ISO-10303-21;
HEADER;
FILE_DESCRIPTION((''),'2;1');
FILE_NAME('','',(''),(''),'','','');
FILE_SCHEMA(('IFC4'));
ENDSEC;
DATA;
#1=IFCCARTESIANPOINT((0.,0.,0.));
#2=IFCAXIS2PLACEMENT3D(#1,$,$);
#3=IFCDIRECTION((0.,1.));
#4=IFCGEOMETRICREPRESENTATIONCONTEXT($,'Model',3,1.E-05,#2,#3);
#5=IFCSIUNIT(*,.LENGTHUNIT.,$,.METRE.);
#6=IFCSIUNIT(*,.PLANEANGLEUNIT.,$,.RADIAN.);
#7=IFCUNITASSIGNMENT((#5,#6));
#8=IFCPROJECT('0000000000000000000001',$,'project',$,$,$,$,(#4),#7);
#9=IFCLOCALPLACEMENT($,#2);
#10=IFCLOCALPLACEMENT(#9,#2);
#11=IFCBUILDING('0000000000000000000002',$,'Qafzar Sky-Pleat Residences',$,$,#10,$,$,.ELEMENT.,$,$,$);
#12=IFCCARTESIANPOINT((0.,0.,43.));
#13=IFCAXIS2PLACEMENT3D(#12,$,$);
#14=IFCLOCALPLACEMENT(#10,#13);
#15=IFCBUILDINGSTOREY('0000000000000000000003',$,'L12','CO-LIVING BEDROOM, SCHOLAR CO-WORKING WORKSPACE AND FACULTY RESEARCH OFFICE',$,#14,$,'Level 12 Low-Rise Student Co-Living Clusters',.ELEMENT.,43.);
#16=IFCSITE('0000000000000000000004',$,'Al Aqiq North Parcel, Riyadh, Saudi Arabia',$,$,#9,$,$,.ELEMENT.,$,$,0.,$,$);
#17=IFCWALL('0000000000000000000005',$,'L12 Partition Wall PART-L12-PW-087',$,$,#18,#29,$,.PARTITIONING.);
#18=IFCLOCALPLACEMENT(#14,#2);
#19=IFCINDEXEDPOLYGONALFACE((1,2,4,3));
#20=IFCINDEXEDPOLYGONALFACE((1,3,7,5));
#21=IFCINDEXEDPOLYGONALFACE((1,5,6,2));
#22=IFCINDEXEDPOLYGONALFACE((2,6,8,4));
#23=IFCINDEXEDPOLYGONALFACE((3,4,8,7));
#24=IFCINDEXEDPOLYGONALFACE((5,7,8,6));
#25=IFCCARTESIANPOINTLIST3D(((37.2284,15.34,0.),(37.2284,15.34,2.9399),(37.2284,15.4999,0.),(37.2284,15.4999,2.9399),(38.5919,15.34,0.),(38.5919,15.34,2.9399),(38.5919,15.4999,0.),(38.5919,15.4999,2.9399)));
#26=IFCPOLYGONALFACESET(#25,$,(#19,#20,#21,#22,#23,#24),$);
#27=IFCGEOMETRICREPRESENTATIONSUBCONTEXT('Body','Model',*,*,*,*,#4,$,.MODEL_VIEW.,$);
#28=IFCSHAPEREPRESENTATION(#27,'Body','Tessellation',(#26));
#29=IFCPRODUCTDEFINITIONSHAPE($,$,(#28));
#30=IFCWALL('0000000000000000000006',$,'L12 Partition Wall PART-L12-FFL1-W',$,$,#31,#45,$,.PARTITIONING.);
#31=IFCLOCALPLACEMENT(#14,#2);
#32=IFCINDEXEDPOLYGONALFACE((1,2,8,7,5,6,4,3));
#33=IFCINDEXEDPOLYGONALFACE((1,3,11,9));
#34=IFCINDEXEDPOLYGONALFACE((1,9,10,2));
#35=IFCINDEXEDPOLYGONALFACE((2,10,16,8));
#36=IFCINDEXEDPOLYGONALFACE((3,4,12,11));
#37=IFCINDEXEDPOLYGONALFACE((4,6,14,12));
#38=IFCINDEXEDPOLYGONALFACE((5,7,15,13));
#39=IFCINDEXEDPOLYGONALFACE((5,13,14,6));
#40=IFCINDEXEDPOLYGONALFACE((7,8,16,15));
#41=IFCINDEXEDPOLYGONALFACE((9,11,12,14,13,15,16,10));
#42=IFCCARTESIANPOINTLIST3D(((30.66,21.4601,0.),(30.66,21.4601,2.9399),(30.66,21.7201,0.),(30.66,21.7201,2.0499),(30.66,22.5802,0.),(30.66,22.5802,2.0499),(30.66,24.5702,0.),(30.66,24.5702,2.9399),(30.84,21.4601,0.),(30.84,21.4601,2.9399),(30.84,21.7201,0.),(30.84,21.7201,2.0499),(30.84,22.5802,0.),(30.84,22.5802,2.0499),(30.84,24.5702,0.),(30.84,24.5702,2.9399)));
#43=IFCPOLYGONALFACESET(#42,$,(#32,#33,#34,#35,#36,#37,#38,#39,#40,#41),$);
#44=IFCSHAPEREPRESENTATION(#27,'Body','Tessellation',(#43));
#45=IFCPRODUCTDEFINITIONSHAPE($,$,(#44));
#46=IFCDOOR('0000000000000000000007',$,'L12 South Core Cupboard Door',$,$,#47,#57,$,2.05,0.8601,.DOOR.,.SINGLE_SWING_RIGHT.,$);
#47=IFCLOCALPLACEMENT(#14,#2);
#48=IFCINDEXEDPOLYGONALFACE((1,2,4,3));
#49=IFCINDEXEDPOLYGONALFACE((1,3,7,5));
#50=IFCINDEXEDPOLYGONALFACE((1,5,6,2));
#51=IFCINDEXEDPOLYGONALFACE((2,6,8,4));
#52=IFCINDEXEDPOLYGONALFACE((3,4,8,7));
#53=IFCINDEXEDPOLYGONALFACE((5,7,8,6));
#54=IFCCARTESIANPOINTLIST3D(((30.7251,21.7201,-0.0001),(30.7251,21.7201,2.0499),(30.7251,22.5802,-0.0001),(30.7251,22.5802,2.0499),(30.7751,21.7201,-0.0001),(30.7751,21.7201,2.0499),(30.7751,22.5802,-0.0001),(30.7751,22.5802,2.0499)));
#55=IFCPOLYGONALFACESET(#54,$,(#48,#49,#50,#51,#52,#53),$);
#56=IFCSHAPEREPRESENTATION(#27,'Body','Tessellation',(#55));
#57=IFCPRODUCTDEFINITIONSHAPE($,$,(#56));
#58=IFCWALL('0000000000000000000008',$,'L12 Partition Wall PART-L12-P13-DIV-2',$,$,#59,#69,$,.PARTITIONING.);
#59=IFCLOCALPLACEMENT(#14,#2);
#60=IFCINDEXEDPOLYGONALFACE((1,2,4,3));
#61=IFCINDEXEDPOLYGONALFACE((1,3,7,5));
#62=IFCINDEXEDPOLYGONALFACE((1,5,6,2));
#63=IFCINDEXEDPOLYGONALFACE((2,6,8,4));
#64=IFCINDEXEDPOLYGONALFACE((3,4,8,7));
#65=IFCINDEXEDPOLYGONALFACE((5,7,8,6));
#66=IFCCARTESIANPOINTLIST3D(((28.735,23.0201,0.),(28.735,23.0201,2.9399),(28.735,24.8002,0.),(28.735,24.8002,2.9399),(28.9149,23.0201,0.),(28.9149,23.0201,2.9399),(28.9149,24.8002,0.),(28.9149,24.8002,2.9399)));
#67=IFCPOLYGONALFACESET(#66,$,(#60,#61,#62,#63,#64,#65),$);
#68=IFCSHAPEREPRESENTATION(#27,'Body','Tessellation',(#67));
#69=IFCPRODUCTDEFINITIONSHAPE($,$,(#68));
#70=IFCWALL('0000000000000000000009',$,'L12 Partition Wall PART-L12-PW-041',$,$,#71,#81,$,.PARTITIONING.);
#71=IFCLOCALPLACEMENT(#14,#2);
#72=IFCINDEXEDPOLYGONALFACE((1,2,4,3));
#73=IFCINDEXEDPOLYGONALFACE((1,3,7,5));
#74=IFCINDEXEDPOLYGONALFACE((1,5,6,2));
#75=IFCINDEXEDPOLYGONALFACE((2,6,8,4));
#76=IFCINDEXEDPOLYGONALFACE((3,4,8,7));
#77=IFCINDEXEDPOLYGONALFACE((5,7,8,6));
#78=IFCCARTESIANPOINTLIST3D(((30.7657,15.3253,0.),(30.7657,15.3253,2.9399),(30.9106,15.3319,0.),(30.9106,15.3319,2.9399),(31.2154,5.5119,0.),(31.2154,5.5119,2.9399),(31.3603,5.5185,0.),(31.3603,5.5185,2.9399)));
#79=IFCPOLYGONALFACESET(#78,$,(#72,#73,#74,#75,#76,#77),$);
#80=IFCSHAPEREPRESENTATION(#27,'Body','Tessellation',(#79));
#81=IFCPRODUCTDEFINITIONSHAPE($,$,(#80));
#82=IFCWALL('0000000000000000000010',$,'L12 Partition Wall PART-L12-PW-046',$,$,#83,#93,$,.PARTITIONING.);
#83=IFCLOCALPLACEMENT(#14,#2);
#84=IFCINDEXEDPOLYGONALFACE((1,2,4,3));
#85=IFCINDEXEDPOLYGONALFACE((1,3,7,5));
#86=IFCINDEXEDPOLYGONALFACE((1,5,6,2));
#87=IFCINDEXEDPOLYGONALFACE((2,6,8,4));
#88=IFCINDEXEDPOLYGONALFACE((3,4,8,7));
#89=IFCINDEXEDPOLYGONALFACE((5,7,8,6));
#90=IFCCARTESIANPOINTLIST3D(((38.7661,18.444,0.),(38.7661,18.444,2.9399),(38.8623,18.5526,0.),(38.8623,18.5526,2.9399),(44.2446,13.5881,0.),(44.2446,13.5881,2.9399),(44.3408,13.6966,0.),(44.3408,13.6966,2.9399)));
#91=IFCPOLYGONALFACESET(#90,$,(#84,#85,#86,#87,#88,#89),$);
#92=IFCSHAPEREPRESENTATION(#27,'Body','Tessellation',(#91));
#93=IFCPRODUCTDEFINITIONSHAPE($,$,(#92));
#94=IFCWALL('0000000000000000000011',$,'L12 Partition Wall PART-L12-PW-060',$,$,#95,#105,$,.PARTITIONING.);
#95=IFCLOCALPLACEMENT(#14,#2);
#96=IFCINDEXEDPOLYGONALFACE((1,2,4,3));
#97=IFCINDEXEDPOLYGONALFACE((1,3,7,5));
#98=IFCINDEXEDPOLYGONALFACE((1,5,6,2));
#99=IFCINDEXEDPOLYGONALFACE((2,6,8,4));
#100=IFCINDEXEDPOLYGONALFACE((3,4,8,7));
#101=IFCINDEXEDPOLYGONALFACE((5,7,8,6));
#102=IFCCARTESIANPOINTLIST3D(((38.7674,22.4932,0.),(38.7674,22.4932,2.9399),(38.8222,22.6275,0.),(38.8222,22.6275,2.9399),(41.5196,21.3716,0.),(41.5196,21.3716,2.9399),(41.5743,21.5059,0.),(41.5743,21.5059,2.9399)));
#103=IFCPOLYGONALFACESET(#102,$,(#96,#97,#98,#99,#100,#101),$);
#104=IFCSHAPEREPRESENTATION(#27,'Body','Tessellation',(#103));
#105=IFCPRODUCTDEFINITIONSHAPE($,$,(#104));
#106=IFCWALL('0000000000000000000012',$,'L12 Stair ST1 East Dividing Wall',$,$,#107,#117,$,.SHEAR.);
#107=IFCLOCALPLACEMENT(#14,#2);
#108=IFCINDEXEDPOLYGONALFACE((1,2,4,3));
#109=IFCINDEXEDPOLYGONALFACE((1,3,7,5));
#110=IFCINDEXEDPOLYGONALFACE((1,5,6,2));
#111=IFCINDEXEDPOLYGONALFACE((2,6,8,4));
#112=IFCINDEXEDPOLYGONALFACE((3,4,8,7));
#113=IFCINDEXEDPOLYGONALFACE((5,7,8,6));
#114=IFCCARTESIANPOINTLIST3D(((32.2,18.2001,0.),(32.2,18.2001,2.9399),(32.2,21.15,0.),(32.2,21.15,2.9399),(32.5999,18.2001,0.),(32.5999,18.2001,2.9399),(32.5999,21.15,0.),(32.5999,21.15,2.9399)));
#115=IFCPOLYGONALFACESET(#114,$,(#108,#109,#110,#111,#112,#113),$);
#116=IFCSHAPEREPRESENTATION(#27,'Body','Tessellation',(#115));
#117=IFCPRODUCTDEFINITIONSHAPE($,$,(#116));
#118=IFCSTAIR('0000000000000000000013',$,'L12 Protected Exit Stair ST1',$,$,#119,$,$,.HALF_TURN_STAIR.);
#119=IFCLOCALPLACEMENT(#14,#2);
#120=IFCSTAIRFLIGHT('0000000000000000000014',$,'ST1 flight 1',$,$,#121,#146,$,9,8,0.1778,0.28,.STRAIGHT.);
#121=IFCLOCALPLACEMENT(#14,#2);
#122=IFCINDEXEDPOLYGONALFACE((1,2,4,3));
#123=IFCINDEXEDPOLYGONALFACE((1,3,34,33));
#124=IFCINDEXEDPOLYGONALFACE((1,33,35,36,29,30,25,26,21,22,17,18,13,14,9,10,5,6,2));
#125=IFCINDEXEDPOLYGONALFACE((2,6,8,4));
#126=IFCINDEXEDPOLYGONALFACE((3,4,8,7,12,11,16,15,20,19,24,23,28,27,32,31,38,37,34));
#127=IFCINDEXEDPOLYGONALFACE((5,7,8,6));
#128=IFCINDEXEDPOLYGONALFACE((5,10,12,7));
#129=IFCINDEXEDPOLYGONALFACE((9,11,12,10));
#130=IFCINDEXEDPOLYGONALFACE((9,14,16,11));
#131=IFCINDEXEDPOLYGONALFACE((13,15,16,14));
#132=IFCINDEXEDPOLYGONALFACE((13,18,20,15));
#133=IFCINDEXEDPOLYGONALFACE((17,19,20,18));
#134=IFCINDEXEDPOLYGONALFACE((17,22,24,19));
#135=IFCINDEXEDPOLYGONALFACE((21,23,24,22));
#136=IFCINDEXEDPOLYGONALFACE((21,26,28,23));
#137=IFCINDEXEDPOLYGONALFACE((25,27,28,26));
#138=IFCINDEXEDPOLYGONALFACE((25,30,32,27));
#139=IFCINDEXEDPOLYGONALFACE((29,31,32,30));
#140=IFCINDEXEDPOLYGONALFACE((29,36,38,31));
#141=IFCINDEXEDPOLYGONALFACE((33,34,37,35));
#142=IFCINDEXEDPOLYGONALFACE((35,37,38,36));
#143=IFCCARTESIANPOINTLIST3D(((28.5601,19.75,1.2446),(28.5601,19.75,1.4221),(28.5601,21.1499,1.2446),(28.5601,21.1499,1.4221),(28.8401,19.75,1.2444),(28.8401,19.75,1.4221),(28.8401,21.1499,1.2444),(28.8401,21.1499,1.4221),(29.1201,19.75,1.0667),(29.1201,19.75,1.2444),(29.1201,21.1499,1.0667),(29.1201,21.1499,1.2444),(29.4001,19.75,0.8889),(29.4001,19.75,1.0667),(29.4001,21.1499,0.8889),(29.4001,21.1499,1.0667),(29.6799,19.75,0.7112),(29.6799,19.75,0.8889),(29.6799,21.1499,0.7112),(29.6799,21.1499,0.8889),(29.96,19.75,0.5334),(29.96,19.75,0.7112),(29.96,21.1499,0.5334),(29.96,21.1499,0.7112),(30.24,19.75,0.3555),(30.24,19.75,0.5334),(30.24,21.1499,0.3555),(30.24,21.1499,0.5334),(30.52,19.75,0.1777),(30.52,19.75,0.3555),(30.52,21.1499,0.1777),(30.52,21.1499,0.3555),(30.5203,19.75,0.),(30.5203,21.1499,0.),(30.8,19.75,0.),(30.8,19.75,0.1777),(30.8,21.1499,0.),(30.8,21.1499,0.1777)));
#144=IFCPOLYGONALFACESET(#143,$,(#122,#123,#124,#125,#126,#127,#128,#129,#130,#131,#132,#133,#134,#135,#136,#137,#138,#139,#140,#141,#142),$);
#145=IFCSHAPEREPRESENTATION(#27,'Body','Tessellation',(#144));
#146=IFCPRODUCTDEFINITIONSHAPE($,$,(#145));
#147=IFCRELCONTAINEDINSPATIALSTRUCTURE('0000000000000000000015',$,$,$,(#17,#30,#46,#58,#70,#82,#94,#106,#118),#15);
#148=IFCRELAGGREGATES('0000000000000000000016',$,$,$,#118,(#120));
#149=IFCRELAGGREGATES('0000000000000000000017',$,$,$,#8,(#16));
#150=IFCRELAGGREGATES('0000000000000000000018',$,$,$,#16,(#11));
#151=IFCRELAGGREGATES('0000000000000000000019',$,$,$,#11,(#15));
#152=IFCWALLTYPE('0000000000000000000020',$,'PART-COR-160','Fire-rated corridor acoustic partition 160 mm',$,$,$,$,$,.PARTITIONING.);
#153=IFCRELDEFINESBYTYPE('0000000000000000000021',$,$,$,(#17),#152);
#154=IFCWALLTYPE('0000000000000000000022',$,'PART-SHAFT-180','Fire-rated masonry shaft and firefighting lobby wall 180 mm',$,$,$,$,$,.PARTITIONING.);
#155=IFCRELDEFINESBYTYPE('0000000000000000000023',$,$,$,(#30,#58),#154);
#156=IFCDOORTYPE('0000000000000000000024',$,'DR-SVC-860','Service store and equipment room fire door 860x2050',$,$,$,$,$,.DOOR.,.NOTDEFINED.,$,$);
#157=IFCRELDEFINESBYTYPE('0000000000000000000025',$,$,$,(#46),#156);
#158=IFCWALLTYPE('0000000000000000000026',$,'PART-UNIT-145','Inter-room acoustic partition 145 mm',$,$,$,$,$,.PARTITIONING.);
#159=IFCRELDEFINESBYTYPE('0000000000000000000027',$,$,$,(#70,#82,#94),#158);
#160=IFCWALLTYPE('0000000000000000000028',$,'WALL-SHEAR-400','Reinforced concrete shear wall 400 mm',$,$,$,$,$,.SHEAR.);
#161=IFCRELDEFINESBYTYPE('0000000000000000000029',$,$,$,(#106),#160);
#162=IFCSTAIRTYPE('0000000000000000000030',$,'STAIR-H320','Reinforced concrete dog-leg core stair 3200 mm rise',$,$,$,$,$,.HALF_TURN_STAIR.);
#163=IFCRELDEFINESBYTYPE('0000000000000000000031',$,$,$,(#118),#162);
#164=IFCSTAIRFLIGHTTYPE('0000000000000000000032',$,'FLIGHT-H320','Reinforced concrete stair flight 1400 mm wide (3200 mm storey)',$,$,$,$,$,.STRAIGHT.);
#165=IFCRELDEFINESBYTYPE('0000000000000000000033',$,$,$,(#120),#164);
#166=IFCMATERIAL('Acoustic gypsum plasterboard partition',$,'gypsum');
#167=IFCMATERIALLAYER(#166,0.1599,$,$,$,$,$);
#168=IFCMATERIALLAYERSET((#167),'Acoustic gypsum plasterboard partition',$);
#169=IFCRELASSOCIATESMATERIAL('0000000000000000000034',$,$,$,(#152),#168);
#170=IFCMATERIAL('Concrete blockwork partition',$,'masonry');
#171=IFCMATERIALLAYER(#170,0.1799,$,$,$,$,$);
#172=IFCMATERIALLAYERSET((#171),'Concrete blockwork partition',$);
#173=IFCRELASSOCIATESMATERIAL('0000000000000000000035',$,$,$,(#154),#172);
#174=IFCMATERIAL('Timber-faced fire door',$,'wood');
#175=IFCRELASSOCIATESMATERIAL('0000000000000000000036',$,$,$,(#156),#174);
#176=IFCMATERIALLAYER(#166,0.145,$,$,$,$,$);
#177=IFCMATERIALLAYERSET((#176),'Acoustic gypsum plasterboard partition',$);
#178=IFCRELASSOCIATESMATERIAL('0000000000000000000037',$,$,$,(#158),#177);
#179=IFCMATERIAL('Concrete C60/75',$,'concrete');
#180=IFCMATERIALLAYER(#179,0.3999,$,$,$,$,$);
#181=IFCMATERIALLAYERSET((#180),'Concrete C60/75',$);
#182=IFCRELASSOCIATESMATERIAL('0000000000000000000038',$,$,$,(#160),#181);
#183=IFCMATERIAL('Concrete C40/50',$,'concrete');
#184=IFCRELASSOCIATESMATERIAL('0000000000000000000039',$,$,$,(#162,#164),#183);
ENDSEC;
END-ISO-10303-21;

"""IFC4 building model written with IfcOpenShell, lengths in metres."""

from ifc_helpers import new_model, si_unit, direction, frame, frame_2d, origin, place, context, subcontext, project, spatial, polyline, rectangle, outline, extrude, source, transform, mapped, material, layer, layer_set, type_object, element, fill, aggregate, save


model = new_model("IFC4")

# Units and contexts
model_context = context("Model", 3, precision=1e-05, world=origin(), true_north=direction((0.0, 1.0)))
body_context = subcontext(model_context, "Body", "Model", "MODEL_VIEW")
ifc_project = project(units=[si_unit("LENGTHUNIT", "METRE"), si_unit("PLANEANGLEUNIT", "RADIAN")], contexts=[model_context])

# Site, building, storey
site_placement = place(None, origin())
site = spatial("IfcSite", under=ifc_project, at=site_placement, Name="Al Aqiq North Parcel, Riyadh, Saudi Arabia", CompositionType="ELEMENT", RefElevation=0.0)
building_placement = place(site_placement, origin())
building = spatial("IfcBuilding", under=site, at=building_placement, Name="Qafzar Sky-Pleat Residences", CompositionType="ELEMENT")
storey_placement = place(building_placement, frame((0.0, 0.0, 43.0)))
storey = spatial("IfcBuildingStorey", under=building, at=storey_placement, Name="L12", Description="CO-LIVING BEDROOM, SCHOLAR CO-WORKING WORKSPACE AND FACULTY RESEARCH OFFICE", LongName="Level 12 Low-Rise Student Co-Living Clusters", CompositionType="ELEMENT", Elevation=43.0)

# Shared definitions
ifc_material_1 = material(Name="Acoustic gypsum plasterboard partition", Category="gypsum")
ifc_layer_1 = layer(ifc_material_1, 0.1599)
ifc_layer_set_1 = layer_set([ifc_layer_1], Name="Acoustic gypsum plasterboard partition")
wall_type_1 = type_object("IfcWallType", Name="PART-COR-160", Description="Fire-rated corridor acoustic partition 160 mm", PredefinedType="PARTITIONING", material=ifc_layer_set_1)
ifc_material_2 = material(Name="Timber-faced fire door", Category="wood")

# Wall
wall_1_placement = place(storey_placement, frame((37.2285, 15.4199, 0.0), z_axis=(0.0, 0.0, 1.0), x_axis=(1.0, 0.0, 0.0)))
element("IfcWall", 1, at=wall_1_placement, inside=storey, type_object=wall_type_1, Name="L12 Partition Wall PART-L12-PW-087", PredefinedType="PARTITIONING", context=body_context, shape_type="SweptSolid", body=[
    extrude(rectangle(XDim=1.3635, YDim=0.1599, at=frame_2d((0.6816, 0.0))), origin(), (0.0, 0.0, 1.0), 2.9399),
])

# Wall, opening, door
ifc_material_3 = material(Name="Concrete blockwork partition", Category="masonry")
ifc_layer_2 = layer(ifc_material_3, 0.1799)
ifc_layer_set_2 = layer_set([ifc_layer_2], Name="Concrete blockwork partition")
wall_type_2 = type_object("IfcWallType", Name="PART-SHAFT-180", Description="Fire-rated masonry shaft and firefighting lobby wall 180 mm", PredefinedType="PARTITIONING", material=ifc_layer_set_2)
wall_2_placement = place(storey_placement, frame((30.75, 21.46, 0.0), z_axis=(0.0, 0.0, 1.0), x_axis=(0.0, 1.0, 0.0)))
wall_2 = element("IfcWall", 2, at=wall_2_placement, inside=storey, type_object=wall_type_2, Name="L12 Partition Wall PART-L12-FFL1-W", PredefinedType="PARTITIONING", context=body_context, shape_type="SweptSolid", body=[
    extrude(rectangle(XDim=3.1101, YDim=0.1799, at=frame_2d((1.5552, 0.0))), origin(), (0.0, 0.0, 1.0), 2.9399),
])
opening_1_placement = place(wall_2_placement, frame((0.26, 0.0, 0.0)))
opening_1 = element("IfcOpeningElement", 3, at=opening_1_placement, cuts=wall_2, PredefinedType="OPENING", context=body_context, shape_type="SweptSolid", body=[
    extrude(rectangle(XDim=0.8601, YDim=2.05, at=frame_2d((0.4302, 1.0249))), frame((0.0, 0.1001, 0.0), z_axis=(0.0, -1.0, 0.0), x_axis=(1.0, 0.0, 0.0)), (0.0, 0.0, 1.0), 0.2),
])
door_type_1 = type_object("IfcDoorType", Name="DR-SVC-860", Description="Service store and equipment room fire door 860x2050", OperationType="NOTDEFINED", PredefinedType="DOOR", material=ifc_material_2)
shared_shape_1 = source(origin(), body_context, "Body", "SweptSolid", [
    extrude(rectangle(XDim=0.8601, YDim=2.05, at=frame_2d((0.4302, 1.0249))), frame((0.0, 0.0249, 0.0), z_axis=(0.0, -1.0, 0.0), x_axis=(1.0, 0.0, 0.0)), (0.0, 0.0, 1.0), 0.05),
])
door_1_placement = place(opening_1_placement, origin())
door_1 = element("IfcDoor", 4, at=door_1_placement, inside=storey, type_object=door_type_1, Name="L12 South Core Cupboard Door", OperationType="SINGLE_SWING_RIGHT", OverallHeight=2.05, OverallWidth=0.8601, PredefinedType="DOOR", context=body_context, shape_type="MappedRepresentation", body=[
    mapped(shared_shape_1, transform((0.0, 0.0, 0.0), x_axis=(1.0, 0.0, 0.0), y_axis=(0.0, 1.0, 0.0), z_axis=(0.0, 0.0, 1.0), scale=1.0)),
])
fill(opening_1, door_1)

# Walls
wall_3_placement = place(storey_placement, frame((28.825, 23.02, 0.0), z_axis=(0.0, 0.0, 1.0), x_axis=(0.0, 1.0, 0.0)))
element("IfcWall", 5, at=wall_3_placement, inside=storey, type_object=wall_type_2, Name="L12 Partition Wall PART-L12-P13-DIV-2", PredefinedType="PARTITIONING", context=body_context, shape_type="SweptSolid", body=[
    extrude(rectangle(XDim=1.78, YDim=0.1799, at=frame_2d((0.8901, 0.0))), origin(), (0.0, 0.0, 1.0), 2.9399),
])
ifc_layer_3 = layer(ifc_material_1, 0.145)
ifc_layer_set_3 = layer_set([ifc_layer_3], Name="Acoustic gypsum plasterboard partition")
wall_type_3 = type_object("IfcWallType", Name="PART-UNIT-145", Description="Inter-room acoustic partition 145 mm", PredefinedType="PARTITIONING", material=ifc_layer_set_3)
wall_4_placement = place(storey_placement, frame((30.8381, 15.3286, 0.0), z_axis=(0.0, 0.0, 1.0), x_axis=(0.045777, -0.998952, 0.0)))
element("IfcWall", 6, at=wall_4_placement, inside=storey, type_object=wall_type_3, Name="L12 Partition Wall PART-L12-PW-041", PredefinedType="PARTITIONING", context=body_context, shape_type="SweptSolid", body=[
    extrude(rectangle(XDim=9.8237, YDim=0.145, at=frame_2d((4.9119, 0.0))), origin(), (0.0, 0.0, 1.0), 2.9399),
])
wall_5_placement = place(storey_placement, frame((38.8142, 18.4983, 0.0), z_axis=(0.0, 0.0, 1.0), x_axis=(0.748347, -0.663308, 0.0)))
element("IfcWall", 7, at=wall_5_placement, inside=storey, type_object=wall_type_3, Name="L12 Partition Wall PART-L12-PW-046", PredefinedType="PARTITIONING", context=body_context, shape_type="SweptSolid", body=[
    extrude(rectangle(XDim=7.3208, YDim=0.145, at=frame_2d((3.6604, 0.0))), origin(), (0.0, 0.0, 1.0), 2.9399),
])
wall_6_placement = place(storey_placement, frame((38.7949, 22.5603, 0.0), z_axis=(0.0, 0.0, 1.0), x_axis=(0.926055, -0.377388, 0.0)))
element("IfcWall", 8, at=wall_6_placement, inside=storey, type_object=wall_type_3, Name="L12 Partition Wall PART-L12-PW-060", PredefinedType="PARTITIONING", context=body_context, shape_type="SweptSolid", body=[
    extrude(rectangle(XDim=2.9719, YDim=0.145, at=frame_2d((1.4858, 0.0))), origin(), (0.0, 0.0, 1.0), 2.9399),
])
ifc_material_4 = material(Name="Concrete C60/75", Category="concrete")
ifc_layer_4 = layer(ifc_material_4, 0.3999)
ifc_layer_set_4 = layer_set([ifc_layer_4], Name="Concrete C60/75")
wall_type_4 = type_object("IfcWallType", Name="WALL-SHEAR-400", Description="Reinforced concrete shear wall 400 mm", PredefinedType="SHEAR", material=ifc_layer_set_4)
wall_7_placement = place(storey_placement, frame((32.3999, 18.2, 0.0), z_axis=(0.0, 0.0, 1.0), x_axis=(0.0, 1.0, 0.0)))
element("IfcWall", 9, at=wall_7_placement, inside=storey, type_object=wall_type_4, Name="L12 Stair ST1 East Dividing Wall", PredefinedType="SHEAR", context=body_context, shape_type="SweptSolid", body=[
    extrude(rectangle(XDim=2.95, YDim=0.3999, at=frame_2d((1.4751, 0.0))), origin(), (0.0, 0.0, 1.0), 2.9399),
])

# Stair, stair flight
ifc_material_5 = material(Name="Concrete C40/50", Category="concrete")
stair_type = type_object("IfcStairType", Name="STAIR-H320", Description="Reinforced concrete dog-leg core stair 3200 mm rise", PredefinedType="HALF_TURN_STAIR", material=ifc_material_5)
stair_placement = place(storey_placement, origin())
stair = element("IfcStair", 10, at=stair_placement, inside=storey, type_object=stair_type, Name="L12 Protected Exit Stair ST1", PredefinedType="HALF_TURN_STAIR")
stair_flight_type = type_object("IfcStairFlightType", Name="FLIGHT-H320", Description="Reinforced concrete stair flight 1400 mm wide (3200 mm storey)", PredefinedType="STRAIGHT", material=ifc_material_5)
shared_shape_2 = source(origin(), body_context, "Body", "SweptSolid", [
    extrude(outline(polyline([(0.0, 0.0), (0.0, 0.1777), (0.28, 0.1777), (0.28, 0.3555), (0.5601, 0.3555), (0.5601, 0.5334), (0.8401, 0.5334), (0.8401, 0.7112), (1.1201, 0.7112), (1.1201, 0.8889), (1.3999, 0.8889), (1.3999, 1.0667), (1.6799, 1.0667), (1.6799, 1.2444), (1.96, 1.2444), (1.96, 1.4221), (2.24, 1.4221), (2.24, 1.6001), (2.24, 1.2446), (0.2798, 0.0), (0.0, 0.0)])), frame((0.0, 0.7, 0.0), z_axis=(0.0, -1.0, 0.0), x_axis=(1.0, 0.0, 0.0)), (0.0, 0.0, 1.0), 1.3999),
])
stair_flight_placement = place(storey_placement, frame((30.8, 20.45, 0.0), z_axis=(0.0, 0.0, 1.0), x_axis=(-1.0, 0.0, 0.0)))
stair_flight = element("IfcStairFlight", 11, at=stair_flight_placement, type_object=stair_flight_type, Name="ST1 flight 1", NumberOfRisers=9, NumberOfTreads=8, PredefinedType="STRAIGHT", RiserHeight=0.1778, TreadLength=0.28, context=body_context, shape_type="MappedRepresentation", body=[
    mapped(shared_shape_2, transform((0.0, 0.0, 0.0), x_axis=(1.0, 0.0, 0.0), y_axis=(0.0, 1.0, 0.0), z_axis=(0.0, 0.0, 1.0), scale=1.0)),
])
aggregate(stair, [stair_flight])

save(model, "model.ifc")
